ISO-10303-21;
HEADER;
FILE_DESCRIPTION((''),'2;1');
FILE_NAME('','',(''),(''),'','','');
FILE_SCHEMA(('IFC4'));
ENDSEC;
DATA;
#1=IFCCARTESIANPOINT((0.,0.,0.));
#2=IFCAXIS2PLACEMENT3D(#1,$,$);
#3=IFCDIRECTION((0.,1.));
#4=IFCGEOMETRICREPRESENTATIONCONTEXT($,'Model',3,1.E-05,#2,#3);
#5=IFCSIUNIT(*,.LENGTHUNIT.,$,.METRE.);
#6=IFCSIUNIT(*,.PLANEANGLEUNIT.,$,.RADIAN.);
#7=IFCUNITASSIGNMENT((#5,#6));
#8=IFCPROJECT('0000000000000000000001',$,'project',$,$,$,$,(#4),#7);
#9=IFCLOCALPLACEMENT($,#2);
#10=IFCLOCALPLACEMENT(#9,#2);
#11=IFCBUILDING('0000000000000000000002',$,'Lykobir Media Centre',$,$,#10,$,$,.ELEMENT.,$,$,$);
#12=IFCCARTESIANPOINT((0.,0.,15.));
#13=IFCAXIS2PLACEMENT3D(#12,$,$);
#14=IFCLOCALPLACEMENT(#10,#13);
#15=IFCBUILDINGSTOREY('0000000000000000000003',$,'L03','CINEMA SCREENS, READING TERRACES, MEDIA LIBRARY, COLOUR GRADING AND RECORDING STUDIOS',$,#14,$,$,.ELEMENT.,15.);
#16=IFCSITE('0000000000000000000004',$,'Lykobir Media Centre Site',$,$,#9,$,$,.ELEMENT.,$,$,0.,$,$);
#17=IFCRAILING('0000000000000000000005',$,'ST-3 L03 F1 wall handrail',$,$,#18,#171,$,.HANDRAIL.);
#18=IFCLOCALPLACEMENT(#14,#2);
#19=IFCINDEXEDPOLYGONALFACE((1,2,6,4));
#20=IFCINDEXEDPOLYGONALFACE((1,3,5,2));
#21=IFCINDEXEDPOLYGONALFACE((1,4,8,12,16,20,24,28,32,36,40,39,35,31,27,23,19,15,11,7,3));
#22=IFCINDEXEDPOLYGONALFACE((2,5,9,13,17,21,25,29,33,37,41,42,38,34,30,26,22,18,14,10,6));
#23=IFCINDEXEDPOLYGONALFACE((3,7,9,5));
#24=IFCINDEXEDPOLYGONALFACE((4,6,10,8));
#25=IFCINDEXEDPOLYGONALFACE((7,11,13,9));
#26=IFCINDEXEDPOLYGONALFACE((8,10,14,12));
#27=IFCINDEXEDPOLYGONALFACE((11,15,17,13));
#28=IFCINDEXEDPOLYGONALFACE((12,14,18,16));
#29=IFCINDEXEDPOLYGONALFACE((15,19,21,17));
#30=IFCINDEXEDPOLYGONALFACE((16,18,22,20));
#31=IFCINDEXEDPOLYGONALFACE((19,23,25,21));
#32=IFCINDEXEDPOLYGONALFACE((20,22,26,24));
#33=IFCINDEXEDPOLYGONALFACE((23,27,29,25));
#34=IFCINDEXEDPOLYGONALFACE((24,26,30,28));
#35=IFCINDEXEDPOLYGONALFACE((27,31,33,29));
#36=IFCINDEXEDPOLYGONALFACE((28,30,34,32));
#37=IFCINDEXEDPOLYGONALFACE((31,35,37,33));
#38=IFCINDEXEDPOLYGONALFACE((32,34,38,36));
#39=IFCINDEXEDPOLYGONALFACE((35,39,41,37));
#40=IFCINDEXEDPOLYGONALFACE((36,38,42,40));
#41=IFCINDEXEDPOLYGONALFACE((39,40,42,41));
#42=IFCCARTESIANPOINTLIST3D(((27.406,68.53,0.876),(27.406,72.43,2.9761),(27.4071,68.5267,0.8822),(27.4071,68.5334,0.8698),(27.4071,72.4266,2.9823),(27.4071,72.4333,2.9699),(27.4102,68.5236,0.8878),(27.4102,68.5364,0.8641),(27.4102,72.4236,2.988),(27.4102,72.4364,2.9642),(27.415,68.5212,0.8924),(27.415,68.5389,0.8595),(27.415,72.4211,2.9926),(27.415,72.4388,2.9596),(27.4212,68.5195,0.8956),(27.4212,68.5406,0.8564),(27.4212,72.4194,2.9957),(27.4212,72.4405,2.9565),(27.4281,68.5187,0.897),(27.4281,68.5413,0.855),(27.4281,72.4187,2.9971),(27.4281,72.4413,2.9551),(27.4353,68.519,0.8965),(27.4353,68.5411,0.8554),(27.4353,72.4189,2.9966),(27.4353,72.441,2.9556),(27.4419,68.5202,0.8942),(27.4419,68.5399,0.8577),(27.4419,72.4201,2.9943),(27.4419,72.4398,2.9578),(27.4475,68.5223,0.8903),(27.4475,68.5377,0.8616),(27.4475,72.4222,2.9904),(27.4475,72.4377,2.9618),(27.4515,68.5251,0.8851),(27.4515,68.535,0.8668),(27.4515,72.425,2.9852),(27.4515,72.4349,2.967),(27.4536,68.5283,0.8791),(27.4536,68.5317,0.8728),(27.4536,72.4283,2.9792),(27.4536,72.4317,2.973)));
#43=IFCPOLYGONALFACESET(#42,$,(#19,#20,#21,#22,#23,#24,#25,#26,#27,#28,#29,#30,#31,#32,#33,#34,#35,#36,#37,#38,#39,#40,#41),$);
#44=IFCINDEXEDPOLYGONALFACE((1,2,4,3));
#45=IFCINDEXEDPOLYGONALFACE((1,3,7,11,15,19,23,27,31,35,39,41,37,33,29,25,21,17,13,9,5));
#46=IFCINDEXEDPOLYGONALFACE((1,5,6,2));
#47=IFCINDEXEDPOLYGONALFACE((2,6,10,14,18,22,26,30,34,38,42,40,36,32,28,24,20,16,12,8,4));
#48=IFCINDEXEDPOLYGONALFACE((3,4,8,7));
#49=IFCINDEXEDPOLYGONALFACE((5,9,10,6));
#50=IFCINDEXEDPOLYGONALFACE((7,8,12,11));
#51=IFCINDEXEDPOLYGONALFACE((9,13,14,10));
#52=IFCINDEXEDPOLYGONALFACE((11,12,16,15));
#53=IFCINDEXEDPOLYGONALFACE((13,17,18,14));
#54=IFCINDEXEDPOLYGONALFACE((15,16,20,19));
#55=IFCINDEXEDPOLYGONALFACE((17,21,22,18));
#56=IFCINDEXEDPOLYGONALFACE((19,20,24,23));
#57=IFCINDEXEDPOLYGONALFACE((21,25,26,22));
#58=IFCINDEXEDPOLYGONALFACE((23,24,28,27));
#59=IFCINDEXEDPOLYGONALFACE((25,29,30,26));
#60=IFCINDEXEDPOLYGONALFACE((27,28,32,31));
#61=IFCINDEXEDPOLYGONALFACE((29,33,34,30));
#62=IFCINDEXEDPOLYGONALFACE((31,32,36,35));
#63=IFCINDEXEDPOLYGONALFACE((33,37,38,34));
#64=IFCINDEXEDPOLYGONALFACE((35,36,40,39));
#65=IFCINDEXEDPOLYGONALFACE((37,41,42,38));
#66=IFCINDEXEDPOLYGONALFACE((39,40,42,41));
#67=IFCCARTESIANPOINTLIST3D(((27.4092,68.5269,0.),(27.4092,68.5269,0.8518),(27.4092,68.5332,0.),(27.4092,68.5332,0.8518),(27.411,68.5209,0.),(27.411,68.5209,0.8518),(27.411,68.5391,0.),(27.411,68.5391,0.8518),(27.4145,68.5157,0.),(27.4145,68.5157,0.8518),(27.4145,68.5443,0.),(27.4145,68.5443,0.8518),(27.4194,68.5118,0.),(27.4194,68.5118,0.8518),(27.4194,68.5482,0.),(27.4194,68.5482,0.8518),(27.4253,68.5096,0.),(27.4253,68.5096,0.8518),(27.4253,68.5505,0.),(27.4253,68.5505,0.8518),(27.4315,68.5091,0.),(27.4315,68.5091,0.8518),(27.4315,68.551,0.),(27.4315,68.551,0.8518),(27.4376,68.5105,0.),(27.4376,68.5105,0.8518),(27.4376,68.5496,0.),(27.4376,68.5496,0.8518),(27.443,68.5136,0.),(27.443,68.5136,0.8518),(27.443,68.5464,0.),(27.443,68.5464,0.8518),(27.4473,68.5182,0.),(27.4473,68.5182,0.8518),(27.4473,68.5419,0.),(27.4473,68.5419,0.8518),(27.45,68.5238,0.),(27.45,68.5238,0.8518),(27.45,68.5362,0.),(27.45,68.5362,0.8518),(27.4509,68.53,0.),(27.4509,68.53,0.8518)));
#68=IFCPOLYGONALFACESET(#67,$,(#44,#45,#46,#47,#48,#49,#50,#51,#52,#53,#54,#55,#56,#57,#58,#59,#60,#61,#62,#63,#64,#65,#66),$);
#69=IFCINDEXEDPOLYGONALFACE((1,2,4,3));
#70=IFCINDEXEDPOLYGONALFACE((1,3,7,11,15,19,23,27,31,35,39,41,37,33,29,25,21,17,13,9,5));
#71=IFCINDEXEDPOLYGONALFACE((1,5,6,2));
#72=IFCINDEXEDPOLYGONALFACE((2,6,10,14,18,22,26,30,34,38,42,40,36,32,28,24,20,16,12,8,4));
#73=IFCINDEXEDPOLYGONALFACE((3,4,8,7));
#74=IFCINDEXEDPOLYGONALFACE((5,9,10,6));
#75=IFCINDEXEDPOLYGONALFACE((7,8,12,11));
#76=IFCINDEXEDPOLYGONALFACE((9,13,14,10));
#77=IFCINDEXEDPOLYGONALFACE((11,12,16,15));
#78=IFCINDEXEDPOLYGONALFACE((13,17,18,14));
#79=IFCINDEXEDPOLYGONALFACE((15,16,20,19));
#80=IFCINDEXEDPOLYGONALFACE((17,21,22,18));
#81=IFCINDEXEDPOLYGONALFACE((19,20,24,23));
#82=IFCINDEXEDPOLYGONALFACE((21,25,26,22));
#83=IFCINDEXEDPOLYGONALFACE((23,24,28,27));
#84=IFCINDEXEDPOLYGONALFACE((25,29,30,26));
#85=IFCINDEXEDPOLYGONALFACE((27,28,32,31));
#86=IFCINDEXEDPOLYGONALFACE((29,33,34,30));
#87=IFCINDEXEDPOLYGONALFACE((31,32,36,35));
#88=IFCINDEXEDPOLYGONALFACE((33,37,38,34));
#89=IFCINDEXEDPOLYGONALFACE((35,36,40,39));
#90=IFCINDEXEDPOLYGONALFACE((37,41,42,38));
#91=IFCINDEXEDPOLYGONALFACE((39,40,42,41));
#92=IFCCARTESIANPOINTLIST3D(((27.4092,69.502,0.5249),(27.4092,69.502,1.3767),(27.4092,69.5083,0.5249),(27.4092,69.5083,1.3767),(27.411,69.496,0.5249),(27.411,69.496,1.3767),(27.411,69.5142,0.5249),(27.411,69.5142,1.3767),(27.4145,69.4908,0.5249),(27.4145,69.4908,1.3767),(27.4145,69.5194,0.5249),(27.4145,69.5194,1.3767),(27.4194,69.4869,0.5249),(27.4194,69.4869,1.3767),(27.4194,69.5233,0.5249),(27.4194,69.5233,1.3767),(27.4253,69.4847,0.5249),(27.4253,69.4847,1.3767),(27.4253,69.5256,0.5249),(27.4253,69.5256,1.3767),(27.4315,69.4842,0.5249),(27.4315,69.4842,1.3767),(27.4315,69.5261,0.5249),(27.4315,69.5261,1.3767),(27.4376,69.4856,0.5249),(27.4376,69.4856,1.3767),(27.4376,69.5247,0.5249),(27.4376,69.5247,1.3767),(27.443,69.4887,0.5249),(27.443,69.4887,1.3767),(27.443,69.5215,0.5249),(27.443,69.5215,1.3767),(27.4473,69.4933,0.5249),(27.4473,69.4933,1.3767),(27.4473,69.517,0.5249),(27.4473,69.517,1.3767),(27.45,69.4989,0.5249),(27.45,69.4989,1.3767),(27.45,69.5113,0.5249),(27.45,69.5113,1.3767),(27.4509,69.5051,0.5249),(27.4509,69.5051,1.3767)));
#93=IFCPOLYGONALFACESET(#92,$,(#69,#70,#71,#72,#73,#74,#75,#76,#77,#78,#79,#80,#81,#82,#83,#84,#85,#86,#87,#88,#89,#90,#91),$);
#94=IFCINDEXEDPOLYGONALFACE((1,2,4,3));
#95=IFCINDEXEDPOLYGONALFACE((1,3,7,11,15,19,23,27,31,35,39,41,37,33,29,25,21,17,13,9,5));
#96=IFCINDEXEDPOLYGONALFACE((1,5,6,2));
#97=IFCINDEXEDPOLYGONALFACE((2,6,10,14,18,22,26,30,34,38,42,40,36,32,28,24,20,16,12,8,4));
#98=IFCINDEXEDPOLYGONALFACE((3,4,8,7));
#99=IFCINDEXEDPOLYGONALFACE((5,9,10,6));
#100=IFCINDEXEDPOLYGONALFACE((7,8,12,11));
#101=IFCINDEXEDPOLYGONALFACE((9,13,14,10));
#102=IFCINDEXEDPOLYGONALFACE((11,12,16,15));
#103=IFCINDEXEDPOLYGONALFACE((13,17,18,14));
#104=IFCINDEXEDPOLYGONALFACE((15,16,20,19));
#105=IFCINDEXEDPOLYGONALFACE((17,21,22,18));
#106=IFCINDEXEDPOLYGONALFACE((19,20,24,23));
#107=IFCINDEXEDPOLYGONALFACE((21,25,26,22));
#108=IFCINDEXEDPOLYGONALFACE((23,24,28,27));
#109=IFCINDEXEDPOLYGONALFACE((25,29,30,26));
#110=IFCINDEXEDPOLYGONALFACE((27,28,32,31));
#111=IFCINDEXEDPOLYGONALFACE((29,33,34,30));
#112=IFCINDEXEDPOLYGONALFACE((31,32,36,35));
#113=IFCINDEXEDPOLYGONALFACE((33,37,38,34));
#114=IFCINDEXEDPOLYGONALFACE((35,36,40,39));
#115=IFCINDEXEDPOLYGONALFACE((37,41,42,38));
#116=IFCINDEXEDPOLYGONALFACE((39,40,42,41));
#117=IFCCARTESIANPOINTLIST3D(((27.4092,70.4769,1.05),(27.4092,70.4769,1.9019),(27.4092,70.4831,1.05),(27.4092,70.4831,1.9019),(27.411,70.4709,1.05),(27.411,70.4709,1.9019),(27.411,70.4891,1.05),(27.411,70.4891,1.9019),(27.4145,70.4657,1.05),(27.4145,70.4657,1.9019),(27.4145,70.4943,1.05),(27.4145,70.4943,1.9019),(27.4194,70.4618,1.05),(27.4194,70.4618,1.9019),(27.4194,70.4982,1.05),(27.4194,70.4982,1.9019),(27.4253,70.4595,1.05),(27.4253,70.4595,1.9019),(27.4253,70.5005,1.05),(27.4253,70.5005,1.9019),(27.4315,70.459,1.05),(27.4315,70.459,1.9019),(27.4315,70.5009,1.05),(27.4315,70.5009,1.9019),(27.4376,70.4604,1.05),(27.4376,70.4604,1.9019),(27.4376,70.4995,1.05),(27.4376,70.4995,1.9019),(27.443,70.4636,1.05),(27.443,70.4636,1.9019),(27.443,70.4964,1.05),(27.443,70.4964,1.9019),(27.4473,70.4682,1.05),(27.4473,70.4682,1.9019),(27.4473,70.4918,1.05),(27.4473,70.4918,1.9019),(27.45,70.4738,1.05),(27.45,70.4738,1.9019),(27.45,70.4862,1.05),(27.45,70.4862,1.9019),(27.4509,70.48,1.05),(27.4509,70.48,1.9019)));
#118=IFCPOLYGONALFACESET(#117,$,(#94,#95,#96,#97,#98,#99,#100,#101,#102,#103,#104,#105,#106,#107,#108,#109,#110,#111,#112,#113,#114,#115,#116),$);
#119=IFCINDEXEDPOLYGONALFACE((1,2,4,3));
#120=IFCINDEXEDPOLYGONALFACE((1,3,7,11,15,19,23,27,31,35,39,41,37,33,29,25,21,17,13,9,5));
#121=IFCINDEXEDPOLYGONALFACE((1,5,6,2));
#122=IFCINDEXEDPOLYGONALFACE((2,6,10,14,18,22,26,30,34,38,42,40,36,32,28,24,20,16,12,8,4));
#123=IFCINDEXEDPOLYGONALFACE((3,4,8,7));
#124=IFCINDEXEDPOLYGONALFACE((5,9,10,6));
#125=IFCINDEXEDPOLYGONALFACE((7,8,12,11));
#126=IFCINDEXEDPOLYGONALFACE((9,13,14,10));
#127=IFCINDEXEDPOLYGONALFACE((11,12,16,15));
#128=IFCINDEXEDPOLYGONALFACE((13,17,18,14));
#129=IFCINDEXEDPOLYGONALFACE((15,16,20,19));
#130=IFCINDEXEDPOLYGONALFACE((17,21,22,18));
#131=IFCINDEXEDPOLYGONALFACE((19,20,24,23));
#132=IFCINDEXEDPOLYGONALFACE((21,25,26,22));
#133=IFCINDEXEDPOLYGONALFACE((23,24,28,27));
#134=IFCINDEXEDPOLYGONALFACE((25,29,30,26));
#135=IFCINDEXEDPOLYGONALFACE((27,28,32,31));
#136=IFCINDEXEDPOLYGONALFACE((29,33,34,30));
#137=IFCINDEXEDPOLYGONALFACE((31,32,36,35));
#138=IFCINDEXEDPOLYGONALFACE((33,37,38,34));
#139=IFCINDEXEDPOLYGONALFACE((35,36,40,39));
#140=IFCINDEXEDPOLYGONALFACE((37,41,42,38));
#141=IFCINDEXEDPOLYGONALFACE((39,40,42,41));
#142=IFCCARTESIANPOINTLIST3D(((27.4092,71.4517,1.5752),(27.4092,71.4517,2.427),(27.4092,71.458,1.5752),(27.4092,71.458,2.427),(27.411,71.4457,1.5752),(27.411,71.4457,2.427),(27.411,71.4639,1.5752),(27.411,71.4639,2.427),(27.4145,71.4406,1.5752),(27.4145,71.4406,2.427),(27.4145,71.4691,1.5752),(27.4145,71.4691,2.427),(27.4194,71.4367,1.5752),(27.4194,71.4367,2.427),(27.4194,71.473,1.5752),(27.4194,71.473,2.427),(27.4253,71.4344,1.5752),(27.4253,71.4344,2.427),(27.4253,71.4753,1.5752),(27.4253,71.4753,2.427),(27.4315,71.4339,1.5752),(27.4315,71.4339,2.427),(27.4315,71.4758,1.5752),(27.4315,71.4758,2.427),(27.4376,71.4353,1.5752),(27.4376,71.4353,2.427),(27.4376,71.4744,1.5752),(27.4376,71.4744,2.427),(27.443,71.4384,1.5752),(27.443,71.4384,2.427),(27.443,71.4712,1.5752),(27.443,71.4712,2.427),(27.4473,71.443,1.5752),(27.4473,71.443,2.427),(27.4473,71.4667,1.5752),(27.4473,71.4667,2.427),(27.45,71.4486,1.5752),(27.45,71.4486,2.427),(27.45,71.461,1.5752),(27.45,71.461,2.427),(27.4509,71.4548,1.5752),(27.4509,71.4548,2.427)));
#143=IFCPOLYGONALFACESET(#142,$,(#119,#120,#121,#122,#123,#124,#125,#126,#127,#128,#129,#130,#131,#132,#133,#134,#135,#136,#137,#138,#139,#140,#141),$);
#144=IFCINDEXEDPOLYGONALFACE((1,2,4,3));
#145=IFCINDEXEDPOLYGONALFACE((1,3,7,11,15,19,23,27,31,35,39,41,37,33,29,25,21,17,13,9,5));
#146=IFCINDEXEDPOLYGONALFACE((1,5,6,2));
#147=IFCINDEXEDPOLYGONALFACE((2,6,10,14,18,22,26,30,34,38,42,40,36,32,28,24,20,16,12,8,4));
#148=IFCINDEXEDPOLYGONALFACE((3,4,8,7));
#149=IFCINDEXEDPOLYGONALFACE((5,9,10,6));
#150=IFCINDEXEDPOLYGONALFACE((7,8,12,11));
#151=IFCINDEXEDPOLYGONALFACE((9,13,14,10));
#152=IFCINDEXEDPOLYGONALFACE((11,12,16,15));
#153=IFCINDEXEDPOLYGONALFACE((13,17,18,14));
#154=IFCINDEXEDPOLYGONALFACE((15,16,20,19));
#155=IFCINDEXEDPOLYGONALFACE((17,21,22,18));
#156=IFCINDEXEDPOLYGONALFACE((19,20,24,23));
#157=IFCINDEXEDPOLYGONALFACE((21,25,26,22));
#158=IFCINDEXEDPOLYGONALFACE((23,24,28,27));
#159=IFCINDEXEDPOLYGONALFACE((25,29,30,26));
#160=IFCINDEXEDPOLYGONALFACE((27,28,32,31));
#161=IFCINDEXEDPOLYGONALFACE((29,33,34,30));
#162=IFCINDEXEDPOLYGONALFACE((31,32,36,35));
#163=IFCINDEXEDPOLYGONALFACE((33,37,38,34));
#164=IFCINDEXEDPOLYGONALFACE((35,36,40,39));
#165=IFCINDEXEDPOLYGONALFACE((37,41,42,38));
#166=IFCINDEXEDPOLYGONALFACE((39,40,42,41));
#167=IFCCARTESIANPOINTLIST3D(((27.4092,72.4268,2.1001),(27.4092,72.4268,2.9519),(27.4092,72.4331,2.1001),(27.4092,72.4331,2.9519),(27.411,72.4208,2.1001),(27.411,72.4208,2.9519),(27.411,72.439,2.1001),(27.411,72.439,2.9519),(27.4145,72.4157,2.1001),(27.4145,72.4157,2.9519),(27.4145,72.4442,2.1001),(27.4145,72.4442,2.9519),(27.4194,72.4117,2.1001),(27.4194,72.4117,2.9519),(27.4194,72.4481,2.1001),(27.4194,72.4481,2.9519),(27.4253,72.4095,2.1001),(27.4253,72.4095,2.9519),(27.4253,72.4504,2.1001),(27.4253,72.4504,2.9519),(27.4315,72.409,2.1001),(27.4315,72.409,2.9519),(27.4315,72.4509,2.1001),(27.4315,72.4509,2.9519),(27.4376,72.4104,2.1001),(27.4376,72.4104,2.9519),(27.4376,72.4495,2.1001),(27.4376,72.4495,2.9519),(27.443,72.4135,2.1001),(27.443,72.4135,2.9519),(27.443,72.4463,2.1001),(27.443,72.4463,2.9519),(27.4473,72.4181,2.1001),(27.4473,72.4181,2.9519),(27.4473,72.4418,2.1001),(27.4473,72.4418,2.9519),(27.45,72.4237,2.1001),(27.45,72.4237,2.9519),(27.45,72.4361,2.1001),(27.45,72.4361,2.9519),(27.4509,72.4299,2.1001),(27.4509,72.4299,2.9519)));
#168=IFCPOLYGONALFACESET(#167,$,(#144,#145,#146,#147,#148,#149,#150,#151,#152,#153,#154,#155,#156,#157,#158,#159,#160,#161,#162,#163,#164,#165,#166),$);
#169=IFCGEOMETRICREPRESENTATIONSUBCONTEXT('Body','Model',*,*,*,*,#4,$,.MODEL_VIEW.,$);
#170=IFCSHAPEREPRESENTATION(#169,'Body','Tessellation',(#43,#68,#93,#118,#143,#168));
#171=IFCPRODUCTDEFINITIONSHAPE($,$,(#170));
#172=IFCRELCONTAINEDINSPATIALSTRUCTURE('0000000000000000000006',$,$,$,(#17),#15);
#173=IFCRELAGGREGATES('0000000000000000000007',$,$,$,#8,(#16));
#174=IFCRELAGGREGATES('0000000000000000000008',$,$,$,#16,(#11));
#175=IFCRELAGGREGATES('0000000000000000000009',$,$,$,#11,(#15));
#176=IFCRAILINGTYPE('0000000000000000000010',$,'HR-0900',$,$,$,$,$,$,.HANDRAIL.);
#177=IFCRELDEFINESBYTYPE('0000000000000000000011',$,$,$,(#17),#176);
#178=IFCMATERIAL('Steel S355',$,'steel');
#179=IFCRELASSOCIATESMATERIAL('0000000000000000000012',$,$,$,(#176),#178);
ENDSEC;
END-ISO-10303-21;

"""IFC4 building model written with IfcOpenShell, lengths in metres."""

from ifc_helpers import new_model, si_unit, direction, frame, origin, origin_2d, place, context, subcontext, project, spatial, circle, extrude, material, type_object, element, save


model = new_model("IFC4")

# Units and contexts
model_context = context("Model", 3, precision=1e-05, world=origin(), true_north=direction((0.0, 1.0)))
body_context = subcontext(model_context, "Body", "Model", "MODEL_VIEW")
ifc_project = project(units=[si_unit("LENGTHUNIT", "METRE"), si_unit("PLANEANGLEUNIT", "RADIAN")], contexts=[model_context])

# Site, building, storey
site_placement = place(None, origin())
site = spatial("IfcSite", under=ifc_project, at=site_placement, Name="Lykobir Media Centre Site", CompositionType="ELEMENT", RefElevation=0.0)
building_placement = place(site_placement, origin())
building = spatial("IfcBuilding", under=site, at=building_placement, Name="Lykobir Media Centre", CompositionType="ELEMENT")
storey_placement = place(building_placement, frame((0.0, 0.0, 15.0)))
storey = spatial("IfcBuildingStorey", under=building, at=storey_placement, Name="L03", Description="CINEMA SCREENS, READING TERRACES, MEDIA LIBRARY, COLOUR GRADING AND RECORDING STUDIOS", CompositionType="ELEMENT", Elevation=15.0)

# Shared definitions
ifc_material_1 = material(Name="Steel S355", Category="steel")

# Railing
railing_type_1 = type_object("IfcRailingType", Name="HR-0900", PredefinedType="HANDRAIL", material=ifc_material_1)
railing_1_placement = place(storey_placement, frame((27.4299, 68.53, 0.0)))
element("IfcRailing", 1, at=railing_1_placement, inside=storey, type_object=railing_type_1, Name="ST-3 L03 F1 wall handrail", PredefinedType="HANDRAIL", context=body_context, shape_type="SweptSolid", body=[
    extrude(circle(Radius=0.0239, at=origin_2d()), frame((0.0, 0.0, 0.876), z_axis=(0.0, 0.880457, 0.474126), x_axis=(-1.0, 0.0, 0.0)), (0.0, 0.0, 1.0), 4.4294),
    extrude(circle(Radius=0.021, at=origin_2d()), origin(), (0.0, 0.0, 1.0), 0.8518),
    extrude(circle(Radius=0.021, at=origin_2d()), frame((0.0, 0.9751, 0.5249)), (0.0, 0.0, 1.0), 0.8518),
    extrude(circle(Radius=0.021, at=origin_2d()), frame((0.0, 1.95, 1.05)), (0.0, 0.0, 1.0), 0.8518),
    extrude(circle(Radius=0.021, at=origin_2d()), frame((0.0, 2.9248, 1.5752)), (0.0, 0.0, 1.0), 0.8518),
    extrude(circle(Radius=0.021, at=origin_2d()), frame((0.0, 3.8999, 2.1001)), (0.0, 0.0, 1.0), 0.8518),
])

save(model, "model.ifc")
